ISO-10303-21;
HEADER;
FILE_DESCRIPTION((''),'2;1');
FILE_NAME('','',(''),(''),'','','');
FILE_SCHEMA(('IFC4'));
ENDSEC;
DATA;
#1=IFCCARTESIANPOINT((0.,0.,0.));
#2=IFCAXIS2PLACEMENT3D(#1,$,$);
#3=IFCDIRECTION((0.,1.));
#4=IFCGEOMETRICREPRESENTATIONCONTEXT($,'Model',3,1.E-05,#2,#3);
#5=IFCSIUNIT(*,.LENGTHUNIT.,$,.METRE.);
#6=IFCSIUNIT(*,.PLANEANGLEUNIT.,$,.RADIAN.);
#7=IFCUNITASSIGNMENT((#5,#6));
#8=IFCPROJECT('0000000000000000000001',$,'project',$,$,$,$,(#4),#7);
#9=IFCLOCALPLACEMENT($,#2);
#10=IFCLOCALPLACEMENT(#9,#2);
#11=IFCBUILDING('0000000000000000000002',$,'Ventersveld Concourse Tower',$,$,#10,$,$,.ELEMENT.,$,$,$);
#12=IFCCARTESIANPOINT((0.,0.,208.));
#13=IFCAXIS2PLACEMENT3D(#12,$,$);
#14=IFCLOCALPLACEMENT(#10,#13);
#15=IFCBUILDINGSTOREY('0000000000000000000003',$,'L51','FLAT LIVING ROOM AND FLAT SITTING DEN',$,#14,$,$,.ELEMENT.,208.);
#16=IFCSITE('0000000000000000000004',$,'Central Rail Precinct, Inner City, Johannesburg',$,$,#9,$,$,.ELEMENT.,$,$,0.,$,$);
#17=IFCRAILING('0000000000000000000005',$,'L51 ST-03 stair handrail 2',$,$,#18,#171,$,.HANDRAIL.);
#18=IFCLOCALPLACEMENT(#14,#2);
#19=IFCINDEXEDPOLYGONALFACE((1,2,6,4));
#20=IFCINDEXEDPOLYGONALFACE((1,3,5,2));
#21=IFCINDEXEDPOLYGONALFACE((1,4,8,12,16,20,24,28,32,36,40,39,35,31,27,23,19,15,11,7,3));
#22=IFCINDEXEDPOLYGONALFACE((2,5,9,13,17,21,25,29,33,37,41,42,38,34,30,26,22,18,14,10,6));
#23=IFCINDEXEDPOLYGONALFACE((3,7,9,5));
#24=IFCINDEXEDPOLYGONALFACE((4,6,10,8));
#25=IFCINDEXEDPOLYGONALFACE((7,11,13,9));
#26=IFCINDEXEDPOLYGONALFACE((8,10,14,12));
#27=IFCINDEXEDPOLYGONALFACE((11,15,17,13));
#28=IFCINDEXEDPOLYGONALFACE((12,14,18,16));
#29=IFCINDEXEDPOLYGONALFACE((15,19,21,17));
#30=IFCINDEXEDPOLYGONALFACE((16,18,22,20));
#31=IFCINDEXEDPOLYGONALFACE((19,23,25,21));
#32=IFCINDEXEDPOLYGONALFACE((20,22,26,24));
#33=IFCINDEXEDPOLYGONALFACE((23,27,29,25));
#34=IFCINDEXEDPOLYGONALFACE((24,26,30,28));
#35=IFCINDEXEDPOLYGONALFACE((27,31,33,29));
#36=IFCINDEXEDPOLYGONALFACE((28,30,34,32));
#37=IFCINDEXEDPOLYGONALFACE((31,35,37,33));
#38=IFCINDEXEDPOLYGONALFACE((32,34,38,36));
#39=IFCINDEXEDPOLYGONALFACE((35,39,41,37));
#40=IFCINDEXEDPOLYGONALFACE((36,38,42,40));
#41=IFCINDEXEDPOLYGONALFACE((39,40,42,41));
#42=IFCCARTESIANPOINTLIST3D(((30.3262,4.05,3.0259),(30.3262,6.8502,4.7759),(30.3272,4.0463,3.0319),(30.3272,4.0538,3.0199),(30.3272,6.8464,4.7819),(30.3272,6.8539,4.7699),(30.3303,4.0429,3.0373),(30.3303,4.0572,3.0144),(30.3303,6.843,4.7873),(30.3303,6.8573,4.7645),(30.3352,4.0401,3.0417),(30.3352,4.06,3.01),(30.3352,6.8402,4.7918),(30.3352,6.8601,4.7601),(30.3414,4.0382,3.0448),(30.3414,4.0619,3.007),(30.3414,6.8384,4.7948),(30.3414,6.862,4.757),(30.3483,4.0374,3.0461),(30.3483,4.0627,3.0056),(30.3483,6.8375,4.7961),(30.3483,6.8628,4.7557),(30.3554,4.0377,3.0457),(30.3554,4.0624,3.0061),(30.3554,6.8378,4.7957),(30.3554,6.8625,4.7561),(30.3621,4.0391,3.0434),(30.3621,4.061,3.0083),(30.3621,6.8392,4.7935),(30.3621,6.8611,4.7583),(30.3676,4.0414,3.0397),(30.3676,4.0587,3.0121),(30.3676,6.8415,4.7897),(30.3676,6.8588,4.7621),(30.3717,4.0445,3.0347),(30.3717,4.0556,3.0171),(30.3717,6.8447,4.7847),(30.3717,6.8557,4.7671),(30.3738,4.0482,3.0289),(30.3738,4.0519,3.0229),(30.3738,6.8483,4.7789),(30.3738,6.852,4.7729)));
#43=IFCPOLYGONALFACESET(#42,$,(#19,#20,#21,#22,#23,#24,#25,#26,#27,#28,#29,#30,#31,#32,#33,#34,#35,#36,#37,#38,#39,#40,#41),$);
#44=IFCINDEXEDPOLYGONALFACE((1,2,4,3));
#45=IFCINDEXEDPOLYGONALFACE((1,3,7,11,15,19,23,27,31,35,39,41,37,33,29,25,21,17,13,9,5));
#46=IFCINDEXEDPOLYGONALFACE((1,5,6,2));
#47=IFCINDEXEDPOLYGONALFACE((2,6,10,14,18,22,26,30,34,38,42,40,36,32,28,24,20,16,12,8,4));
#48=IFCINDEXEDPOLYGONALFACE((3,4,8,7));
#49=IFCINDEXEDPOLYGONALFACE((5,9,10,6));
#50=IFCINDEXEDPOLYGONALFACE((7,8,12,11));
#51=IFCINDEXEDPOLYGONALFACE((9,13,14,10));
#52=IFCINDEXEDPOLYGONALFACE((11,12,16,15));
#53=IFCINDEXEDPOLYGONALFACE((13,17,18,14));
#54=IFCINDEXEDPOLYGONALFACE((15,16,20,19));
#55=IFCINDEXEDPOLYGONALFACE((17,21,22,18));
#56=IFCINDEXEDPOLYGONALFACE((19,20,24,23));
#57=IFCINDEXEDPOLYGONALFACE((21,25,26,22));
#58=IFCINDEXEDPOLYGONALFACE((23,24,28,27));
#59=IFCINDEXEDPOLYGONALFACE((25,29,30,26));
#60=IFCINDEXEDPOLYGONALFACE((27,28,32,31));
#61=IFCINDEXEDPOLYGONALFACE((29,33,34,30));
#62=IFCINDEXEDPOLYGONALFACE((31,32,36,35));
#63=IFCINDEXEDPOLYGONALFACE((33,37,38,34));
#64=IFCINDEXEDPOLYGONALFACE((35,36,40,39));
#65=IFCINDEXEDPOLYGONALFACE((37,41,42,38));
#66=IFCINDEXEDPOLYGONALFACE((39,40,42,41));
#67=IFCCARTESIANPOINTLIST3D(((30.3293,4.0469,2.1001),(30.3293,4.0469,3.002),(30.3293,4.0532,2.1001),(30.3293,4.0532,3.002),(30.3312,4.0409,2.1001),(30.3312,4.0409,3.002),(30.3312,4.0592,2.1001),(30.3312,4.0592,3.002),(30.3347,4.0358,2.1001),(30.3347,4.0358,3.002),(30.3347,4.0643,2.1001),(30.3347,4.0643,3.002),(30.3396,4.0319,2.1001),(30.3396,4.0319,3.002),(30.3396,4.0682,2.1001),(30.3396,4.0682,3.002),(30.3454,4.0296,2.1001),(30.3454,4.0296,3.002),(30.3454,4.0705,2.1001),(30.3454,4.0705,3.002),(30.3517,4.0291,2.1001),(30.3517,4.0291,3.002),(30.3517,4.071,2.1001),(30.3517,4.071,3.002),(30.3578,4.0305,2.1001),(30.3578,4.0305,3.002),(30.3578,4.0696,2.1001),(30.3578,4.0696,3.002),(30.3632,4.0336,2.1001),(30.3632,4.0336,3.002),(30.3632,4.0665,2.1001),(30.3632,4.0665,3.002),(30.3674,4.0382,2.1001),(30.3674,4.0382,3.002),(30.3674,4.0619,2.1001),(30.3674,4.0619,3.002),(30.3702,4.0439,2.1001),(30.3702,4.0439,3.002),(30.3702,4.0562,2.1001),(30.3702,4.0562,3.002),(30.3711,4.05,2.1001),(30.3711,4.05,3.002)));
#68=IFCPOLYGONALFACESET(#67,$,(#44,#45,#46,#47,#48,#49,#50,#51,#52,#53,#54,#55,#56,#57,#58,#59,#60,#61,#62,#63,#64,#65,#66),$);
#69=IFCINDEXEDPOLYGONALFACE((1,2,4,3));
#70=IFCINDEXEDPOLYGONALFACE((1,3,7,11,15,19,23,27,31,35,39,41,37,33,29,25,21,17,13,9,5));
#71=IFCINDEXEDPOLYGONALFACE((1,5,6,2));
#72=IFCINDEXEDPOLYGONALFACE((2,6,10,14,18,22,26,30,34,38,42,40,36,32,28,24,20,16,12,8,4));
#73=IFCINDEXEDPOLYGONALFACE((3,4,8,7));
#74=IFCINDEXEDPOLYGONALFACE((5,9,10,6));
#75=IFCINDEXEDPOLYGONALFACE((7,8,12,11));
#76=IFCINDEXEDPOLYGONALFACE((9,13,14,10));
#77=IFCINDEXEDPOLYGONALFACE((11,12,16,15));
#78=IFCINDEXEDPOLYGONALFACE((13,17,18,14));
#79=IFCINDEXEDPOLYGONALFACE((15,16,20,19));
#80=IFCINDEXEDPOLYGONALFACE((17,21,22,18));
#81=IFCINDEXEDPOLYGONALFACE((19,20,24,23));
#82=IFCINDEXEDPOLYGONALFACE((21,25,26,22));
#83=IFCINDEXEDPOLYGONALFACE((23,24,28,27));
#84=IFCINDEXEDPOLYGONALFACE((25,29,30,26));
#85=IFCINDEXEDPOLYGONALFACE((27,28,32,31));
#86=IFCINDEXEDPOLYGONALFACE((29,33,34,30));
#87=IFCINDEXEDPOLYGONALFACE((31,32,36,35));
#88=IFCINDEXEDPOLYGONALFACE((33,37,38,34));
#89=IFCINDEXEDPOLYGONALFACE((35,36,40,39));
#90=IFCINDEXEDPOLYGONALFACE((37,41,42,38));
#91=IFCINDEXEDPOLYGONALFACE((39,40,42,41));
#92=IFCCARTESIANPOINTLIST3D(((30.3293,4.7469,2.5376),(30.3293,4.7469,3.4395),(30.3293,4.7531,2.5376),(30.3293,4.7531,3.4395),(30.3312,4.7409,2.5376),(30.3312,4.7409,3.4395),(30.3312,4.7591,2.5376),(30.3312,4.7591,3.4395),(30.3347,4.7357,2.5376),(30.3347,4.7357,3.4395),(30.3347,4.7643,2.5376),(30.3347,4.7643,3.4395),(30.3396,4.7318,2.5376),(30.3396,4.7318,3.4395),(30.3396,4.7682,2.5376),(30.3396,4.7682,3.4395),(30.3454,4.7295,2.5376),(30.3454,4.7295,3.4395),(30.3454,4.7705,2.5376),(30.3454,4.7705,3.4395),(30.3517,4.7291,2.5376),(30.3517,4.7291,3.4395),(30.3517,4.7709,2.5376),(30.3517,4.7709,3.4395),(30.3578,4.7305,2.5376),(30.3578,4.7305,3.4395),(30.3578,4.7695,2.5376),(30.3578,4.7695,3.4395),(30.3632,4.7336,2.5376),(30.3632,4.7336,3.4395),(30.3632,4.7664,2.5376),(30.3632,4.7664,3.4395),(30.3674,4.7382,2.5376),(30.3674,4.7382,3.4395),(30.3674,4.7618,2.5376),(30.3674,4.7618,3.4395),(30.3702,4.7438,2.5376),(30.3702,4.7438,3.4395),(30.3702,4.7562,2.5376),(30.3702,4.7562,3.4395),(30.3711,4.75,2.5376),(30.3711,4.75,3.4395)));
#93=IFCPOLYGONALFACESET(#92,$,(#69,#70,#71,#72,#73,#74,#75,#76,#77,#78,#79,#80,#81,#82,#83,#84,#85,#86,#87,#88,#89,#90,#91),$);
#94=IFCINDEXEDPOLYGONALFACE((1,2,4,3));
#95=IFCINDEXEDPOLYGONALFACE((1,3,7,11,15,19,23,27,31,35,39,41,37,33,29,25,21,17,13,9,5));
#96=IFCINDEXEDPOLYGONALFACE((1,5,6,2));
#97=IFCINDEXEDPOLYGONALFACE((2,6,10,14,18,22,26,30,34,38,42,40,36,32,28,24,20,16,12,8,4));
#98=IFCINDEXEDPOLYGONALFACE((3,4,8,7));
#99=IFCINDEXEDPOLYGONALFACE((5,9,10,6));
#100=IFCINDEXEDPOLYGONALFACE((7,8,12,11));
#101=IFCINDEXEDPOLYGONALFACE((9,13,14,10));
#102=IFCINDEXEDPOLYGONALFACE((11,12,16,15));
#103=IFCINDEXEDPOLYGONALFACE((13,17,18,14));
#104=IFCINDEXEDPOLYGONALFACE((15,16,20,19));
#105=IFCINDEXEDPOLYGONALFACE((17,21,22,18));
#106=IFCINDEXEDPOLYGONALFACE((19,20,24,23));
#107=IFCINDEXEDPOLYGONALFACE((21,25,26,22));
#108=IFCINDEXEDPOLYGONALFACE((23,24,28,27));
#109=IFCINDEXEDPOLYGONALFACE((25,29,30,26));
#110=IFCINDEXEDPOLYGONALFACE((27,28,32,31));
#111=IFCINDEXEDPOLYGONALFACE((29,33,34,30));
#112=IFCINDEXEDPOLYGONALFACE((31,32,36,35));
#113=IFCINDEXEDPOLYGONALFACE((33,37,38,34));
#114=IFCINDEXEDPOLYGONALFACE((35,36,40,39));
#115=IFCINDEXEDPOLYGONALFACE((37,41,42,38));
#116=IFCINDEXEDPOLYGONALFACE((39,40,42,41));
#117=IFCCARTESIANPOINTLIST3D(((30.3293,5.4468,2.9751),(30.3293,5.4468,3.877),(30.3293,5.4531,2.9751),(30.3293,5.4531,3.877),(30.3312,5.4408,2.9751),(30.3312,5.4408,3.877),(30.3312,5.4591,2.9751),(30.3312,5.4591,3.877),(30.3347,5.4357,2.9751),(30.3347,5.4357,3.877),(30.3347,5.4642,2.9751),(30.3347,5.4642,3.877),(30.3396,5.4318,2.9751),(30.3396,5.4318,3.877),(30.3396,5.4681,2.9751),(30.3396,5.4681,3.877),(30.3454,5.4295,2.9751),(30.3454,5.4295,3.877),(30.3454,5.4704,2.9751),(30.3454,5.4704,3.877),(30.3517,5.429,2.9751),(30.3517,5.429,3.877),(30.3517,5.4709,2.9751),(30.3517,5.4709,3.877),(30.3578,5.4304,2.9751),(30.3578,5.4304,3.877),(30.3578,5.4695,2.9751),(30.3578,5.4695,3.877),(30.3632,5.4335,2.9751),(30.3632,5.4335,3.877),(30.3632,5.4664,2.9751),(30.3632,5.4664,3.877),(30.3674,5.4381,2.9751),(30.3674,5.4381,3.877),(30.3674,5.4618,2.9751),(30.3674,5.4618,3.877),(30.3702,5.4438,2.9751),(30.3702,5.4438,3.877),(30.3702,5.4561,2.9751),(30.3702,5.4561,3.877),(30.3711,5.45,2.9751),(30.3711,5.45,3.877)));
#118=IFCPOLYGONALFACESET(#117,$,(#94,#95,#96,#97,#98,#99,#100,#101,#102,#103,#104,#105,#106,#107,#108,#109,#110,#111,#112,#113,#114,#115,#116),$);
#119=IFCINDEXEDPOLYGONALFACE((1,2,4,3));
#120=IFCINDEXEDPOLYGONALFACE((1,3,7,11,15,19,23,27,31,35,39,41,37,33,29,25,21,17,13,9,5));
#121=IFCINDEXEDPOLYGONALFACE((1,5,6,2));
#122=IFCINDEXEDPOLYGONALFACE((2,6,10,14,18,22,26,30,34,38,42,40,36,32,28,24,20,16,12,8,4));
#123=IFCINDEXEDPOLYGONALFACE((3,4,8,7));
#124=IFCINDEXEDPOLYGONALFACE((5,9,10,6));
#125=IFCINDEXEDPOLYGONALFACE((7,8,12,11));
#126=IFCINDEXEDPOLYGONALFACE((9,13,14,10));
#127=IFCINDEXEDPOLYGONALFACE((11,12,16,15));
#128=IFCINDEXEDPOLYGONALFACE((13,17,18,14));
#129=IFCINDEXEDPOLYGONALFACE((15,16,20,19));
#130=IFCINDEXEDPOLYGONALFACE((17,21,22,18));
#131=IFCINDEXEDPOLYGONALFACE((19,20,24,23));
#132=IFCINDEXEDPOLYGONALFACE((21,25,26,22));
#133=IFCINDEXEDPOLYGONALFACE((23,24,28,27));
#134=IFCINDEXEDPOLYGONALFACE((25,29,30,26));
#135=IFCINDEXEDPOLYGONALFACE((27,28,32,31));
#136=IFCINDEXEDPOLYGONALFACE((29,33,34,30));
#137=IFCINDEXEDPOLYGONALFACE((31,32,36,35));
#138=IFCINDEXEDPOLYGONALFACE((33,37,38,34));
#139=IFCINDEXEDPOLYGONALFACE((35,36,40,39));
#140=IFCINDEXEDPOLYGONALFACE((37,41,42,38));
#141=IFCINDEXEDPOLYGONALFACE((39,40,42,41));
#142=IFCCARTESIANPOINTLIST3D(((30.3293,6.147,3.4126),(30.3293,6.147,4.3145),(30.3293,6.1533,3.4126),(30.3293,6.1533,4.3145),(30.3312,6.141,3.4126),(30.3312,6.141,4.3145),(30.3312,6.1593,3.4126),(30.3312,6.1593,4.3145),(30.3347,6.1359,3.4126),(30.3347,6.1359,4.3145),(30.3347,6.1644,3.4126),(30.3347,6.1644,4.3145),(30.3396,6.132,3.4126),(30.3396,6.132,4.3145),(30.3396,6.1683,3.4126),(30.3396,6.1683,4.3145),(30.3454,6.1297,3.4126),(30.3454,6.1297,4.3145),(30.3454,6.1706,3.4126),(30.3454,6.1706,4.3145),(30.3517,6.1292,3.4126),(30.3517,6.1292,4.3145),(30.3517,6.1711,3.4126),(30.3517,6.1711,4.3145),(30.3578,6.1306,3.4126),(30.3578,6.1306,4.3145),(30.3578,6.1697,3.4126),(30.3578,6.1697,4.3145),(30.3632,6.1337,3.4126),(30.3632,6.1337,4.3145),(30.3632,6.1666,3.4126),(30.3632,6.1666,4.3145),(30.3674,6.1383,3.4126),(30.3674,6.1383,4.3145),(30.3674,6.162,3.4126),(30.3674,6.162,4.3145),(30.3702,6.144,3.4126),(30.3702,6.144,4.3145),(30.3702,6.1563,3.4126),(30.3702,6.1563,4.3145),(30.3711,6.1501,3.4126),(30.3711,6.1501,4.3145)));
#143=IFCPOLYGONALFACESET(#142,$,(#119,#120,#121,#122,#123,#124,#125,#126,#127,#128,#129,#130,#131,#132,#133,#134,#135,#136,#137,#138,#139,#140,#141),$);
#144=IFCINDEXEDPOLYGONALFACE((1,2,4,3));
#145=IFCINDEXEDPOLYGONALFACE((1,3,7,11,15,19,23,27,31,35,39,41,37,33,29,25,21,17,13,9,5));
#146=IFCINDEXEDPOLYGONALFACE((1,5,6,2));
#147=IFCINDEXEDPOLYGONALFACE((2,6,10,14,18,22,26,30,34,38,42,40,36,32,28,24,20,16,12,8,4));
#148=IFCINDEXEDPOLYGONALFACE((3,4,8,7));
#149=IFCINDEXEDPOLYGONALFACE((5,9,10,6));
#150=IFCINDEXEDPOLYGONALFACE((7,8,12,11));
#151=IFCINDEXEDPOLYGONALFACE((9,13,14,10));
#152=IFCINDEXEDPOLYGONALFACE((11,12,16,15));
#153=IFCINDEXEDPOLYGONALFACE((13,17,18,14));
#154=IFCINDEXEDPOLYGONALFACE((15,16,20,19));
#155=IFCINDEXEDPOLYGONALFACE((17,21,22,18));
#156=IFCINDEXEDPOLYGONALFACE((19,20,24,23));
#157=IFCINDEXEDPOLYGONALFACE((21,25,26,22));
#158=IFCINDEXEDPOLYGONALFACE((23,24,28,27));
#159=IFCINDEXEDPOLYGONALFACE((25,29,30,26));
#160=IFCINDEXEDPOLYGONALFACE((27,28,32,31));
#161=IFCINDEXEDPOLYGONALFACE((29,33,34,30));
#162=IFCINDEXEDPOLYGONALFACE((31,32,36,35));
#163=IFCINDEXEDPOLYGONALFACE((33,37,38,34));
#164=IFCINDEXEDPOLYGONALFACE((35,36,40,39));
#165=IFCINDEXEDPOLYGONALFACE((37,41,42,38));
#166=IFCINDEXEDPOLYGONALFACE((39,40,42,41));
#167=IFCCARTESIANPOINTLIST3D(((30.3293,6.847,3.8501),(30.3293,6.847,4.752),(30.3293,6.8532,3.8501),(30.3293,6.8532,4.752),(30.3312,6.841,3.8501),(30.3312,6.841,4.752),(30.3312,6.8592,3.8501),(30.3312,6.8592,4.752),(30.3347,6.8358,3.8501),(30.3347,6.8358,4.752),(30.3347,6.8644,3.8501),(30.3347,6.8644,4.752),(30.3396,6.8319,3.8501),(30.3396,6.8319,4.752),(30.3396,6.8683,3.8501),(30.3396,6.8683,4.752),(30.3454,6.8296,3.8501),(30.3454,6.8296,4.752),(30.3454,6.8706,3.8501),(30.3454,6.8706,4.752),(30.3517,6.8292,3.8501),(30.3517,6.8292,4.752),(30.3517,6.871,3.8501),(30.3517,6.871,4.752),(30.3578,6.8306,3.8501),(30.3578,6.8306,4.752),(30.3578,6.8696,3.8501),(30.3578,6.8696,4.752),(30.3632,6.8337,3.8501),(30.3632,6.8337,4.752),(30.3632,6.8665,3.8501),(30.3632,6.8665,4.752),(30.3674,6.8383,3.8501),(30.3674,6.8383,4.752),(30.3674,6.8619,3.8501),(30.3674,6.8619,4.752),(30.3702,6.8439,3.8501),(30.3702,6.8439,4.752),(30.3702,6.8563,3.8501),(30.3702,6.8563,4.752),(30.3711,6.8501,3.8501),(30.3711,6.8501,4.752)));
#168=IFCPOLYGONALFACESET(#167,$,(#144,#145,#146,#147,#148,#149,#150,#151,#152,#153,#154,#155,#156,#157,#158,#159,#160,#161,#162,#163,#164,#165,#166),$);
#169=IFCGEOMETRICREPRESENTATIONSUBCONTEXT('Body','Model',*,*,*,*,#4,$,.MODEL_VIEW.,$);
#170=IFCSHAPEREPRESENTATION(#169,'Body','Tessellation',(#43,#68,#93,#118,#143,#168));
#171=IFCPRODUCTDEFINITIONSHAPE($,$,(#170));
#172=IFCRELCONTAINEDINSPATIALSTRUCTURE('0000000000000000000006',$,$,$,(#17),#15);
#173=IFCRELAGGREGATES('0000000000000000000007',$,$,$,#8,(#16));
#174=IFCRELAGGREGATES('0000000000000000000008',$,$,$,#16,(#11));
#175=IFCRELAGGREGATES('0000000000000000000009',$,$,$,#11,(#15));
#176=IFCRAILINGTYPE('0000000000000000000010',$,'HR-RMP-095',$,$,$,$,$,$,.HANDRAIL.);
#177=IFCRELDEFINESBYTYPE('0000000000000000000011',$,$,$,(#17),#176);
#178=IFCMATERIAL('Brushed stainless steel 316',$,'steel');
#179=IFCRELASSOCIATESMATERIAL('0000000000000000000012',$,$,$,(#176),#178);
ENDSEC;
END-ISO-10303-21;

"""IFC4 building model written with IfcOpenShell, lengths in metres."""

from ifc_helpers import new_model, si_unit, direction, frame, origin, origin_2d, place, context, subcontext, project, spatial, circle, extrude, material, type_object, element, save


model = new_model("IFC4")

# Units and contexts
model_context = context("Model", 3, precision=1e-05, world=origin(), true_north=direction((0.0, 1.0)))
body_context = subcontext(model_context, "Body", "Model", "MODEL_VIEW")
ifc_project = project(units=[si_unit("LENGTHUNIT", "METRE"), si_unit("PLANEANGLEUNIT", "RADIAN")], contexts=[model_context])

# Site, building, storey
site_placement = place(None, origin())
site = spatial("IfcSite", under=ifc_project, at=site_placement, Name="Central Rail Precinct, Inner City, Johannesburg", CompositionType="ELEMENT", RefElevation=0.0)
building_placement = place(site_placement, origin())
building = spatial("IfcBuilding", under=site, at=building_placement, Name="Ventersveld Concourse Tower", CompositionType="ELEMENT")
storey_placement = place(building_placement, frame((0.0, 0.0, 208.0)))
storey = spatial("IfcBuildingStorey", under=building, at=storey_placement, Name="L51", Description="FLAT LIVING ROOM AND FLAT SITTING DEN", CompositionType="ELEMENT", Elevation=208.0)

# Shared definitions
ifc_material_1 = material(Name="Brushed stainless steel 316", Category="steel")

# Railing
railing_type_1 = type_object("IfcRailingType", Name="HR-RMP-095", PredefinedType="HANDRAIL", material=ifc_material_1)
railing_1_placement = place(storey_placement, frame((30.3501, 4.05, 2.1001)))
element("IfcRailing", 1, at=railing_1_placement, inside=storey, type_object=railing_type_1, Name="L51 ST-03 stair handrail 2", PredefinedType="HANDRAIL", context=body_context, shape_type="SweptSolid", body=[
    extrude(circle(Radius=0.0239, at=origin_2d()), frame((0.0, 0.0, 0.9258), z_axis=(0.0, 0.848002, 0.529992), x_axis=(-1.0, 0.0, 0.0)), (0.0, 0.0, 1.0), 3.302),
    extrude(circle(Radius=0.021, at=origin_2d()), origin(), (0.0, 0.0, 1.0), 0.9019),
    extrude(circle(Radius=0.021, at=origin_2d()), frame((0.0, 0.7, 0.4375)), (0.0, 0.0, 1.0), 0.9019),
    extrude(circle(Radius=0.021, at=origin_2d()), frame((0.0, 1.3999, 0.875)), (0.0, 0.0, 1.0), 0.9019),
    extrude(circle(Radius=0.021, at=origin_2d()), frame((0.0, 2.1001, 1.3125)), (0.0, 0.0, 1.0), 0.9019),
    extrude(circle(Radius=0.021, at=origin_2d()), frame((0.0, 2.8, 1.75)), (0.0, 0.0, 1.0), 0.9019),
])

save(model, "model.ifc")
